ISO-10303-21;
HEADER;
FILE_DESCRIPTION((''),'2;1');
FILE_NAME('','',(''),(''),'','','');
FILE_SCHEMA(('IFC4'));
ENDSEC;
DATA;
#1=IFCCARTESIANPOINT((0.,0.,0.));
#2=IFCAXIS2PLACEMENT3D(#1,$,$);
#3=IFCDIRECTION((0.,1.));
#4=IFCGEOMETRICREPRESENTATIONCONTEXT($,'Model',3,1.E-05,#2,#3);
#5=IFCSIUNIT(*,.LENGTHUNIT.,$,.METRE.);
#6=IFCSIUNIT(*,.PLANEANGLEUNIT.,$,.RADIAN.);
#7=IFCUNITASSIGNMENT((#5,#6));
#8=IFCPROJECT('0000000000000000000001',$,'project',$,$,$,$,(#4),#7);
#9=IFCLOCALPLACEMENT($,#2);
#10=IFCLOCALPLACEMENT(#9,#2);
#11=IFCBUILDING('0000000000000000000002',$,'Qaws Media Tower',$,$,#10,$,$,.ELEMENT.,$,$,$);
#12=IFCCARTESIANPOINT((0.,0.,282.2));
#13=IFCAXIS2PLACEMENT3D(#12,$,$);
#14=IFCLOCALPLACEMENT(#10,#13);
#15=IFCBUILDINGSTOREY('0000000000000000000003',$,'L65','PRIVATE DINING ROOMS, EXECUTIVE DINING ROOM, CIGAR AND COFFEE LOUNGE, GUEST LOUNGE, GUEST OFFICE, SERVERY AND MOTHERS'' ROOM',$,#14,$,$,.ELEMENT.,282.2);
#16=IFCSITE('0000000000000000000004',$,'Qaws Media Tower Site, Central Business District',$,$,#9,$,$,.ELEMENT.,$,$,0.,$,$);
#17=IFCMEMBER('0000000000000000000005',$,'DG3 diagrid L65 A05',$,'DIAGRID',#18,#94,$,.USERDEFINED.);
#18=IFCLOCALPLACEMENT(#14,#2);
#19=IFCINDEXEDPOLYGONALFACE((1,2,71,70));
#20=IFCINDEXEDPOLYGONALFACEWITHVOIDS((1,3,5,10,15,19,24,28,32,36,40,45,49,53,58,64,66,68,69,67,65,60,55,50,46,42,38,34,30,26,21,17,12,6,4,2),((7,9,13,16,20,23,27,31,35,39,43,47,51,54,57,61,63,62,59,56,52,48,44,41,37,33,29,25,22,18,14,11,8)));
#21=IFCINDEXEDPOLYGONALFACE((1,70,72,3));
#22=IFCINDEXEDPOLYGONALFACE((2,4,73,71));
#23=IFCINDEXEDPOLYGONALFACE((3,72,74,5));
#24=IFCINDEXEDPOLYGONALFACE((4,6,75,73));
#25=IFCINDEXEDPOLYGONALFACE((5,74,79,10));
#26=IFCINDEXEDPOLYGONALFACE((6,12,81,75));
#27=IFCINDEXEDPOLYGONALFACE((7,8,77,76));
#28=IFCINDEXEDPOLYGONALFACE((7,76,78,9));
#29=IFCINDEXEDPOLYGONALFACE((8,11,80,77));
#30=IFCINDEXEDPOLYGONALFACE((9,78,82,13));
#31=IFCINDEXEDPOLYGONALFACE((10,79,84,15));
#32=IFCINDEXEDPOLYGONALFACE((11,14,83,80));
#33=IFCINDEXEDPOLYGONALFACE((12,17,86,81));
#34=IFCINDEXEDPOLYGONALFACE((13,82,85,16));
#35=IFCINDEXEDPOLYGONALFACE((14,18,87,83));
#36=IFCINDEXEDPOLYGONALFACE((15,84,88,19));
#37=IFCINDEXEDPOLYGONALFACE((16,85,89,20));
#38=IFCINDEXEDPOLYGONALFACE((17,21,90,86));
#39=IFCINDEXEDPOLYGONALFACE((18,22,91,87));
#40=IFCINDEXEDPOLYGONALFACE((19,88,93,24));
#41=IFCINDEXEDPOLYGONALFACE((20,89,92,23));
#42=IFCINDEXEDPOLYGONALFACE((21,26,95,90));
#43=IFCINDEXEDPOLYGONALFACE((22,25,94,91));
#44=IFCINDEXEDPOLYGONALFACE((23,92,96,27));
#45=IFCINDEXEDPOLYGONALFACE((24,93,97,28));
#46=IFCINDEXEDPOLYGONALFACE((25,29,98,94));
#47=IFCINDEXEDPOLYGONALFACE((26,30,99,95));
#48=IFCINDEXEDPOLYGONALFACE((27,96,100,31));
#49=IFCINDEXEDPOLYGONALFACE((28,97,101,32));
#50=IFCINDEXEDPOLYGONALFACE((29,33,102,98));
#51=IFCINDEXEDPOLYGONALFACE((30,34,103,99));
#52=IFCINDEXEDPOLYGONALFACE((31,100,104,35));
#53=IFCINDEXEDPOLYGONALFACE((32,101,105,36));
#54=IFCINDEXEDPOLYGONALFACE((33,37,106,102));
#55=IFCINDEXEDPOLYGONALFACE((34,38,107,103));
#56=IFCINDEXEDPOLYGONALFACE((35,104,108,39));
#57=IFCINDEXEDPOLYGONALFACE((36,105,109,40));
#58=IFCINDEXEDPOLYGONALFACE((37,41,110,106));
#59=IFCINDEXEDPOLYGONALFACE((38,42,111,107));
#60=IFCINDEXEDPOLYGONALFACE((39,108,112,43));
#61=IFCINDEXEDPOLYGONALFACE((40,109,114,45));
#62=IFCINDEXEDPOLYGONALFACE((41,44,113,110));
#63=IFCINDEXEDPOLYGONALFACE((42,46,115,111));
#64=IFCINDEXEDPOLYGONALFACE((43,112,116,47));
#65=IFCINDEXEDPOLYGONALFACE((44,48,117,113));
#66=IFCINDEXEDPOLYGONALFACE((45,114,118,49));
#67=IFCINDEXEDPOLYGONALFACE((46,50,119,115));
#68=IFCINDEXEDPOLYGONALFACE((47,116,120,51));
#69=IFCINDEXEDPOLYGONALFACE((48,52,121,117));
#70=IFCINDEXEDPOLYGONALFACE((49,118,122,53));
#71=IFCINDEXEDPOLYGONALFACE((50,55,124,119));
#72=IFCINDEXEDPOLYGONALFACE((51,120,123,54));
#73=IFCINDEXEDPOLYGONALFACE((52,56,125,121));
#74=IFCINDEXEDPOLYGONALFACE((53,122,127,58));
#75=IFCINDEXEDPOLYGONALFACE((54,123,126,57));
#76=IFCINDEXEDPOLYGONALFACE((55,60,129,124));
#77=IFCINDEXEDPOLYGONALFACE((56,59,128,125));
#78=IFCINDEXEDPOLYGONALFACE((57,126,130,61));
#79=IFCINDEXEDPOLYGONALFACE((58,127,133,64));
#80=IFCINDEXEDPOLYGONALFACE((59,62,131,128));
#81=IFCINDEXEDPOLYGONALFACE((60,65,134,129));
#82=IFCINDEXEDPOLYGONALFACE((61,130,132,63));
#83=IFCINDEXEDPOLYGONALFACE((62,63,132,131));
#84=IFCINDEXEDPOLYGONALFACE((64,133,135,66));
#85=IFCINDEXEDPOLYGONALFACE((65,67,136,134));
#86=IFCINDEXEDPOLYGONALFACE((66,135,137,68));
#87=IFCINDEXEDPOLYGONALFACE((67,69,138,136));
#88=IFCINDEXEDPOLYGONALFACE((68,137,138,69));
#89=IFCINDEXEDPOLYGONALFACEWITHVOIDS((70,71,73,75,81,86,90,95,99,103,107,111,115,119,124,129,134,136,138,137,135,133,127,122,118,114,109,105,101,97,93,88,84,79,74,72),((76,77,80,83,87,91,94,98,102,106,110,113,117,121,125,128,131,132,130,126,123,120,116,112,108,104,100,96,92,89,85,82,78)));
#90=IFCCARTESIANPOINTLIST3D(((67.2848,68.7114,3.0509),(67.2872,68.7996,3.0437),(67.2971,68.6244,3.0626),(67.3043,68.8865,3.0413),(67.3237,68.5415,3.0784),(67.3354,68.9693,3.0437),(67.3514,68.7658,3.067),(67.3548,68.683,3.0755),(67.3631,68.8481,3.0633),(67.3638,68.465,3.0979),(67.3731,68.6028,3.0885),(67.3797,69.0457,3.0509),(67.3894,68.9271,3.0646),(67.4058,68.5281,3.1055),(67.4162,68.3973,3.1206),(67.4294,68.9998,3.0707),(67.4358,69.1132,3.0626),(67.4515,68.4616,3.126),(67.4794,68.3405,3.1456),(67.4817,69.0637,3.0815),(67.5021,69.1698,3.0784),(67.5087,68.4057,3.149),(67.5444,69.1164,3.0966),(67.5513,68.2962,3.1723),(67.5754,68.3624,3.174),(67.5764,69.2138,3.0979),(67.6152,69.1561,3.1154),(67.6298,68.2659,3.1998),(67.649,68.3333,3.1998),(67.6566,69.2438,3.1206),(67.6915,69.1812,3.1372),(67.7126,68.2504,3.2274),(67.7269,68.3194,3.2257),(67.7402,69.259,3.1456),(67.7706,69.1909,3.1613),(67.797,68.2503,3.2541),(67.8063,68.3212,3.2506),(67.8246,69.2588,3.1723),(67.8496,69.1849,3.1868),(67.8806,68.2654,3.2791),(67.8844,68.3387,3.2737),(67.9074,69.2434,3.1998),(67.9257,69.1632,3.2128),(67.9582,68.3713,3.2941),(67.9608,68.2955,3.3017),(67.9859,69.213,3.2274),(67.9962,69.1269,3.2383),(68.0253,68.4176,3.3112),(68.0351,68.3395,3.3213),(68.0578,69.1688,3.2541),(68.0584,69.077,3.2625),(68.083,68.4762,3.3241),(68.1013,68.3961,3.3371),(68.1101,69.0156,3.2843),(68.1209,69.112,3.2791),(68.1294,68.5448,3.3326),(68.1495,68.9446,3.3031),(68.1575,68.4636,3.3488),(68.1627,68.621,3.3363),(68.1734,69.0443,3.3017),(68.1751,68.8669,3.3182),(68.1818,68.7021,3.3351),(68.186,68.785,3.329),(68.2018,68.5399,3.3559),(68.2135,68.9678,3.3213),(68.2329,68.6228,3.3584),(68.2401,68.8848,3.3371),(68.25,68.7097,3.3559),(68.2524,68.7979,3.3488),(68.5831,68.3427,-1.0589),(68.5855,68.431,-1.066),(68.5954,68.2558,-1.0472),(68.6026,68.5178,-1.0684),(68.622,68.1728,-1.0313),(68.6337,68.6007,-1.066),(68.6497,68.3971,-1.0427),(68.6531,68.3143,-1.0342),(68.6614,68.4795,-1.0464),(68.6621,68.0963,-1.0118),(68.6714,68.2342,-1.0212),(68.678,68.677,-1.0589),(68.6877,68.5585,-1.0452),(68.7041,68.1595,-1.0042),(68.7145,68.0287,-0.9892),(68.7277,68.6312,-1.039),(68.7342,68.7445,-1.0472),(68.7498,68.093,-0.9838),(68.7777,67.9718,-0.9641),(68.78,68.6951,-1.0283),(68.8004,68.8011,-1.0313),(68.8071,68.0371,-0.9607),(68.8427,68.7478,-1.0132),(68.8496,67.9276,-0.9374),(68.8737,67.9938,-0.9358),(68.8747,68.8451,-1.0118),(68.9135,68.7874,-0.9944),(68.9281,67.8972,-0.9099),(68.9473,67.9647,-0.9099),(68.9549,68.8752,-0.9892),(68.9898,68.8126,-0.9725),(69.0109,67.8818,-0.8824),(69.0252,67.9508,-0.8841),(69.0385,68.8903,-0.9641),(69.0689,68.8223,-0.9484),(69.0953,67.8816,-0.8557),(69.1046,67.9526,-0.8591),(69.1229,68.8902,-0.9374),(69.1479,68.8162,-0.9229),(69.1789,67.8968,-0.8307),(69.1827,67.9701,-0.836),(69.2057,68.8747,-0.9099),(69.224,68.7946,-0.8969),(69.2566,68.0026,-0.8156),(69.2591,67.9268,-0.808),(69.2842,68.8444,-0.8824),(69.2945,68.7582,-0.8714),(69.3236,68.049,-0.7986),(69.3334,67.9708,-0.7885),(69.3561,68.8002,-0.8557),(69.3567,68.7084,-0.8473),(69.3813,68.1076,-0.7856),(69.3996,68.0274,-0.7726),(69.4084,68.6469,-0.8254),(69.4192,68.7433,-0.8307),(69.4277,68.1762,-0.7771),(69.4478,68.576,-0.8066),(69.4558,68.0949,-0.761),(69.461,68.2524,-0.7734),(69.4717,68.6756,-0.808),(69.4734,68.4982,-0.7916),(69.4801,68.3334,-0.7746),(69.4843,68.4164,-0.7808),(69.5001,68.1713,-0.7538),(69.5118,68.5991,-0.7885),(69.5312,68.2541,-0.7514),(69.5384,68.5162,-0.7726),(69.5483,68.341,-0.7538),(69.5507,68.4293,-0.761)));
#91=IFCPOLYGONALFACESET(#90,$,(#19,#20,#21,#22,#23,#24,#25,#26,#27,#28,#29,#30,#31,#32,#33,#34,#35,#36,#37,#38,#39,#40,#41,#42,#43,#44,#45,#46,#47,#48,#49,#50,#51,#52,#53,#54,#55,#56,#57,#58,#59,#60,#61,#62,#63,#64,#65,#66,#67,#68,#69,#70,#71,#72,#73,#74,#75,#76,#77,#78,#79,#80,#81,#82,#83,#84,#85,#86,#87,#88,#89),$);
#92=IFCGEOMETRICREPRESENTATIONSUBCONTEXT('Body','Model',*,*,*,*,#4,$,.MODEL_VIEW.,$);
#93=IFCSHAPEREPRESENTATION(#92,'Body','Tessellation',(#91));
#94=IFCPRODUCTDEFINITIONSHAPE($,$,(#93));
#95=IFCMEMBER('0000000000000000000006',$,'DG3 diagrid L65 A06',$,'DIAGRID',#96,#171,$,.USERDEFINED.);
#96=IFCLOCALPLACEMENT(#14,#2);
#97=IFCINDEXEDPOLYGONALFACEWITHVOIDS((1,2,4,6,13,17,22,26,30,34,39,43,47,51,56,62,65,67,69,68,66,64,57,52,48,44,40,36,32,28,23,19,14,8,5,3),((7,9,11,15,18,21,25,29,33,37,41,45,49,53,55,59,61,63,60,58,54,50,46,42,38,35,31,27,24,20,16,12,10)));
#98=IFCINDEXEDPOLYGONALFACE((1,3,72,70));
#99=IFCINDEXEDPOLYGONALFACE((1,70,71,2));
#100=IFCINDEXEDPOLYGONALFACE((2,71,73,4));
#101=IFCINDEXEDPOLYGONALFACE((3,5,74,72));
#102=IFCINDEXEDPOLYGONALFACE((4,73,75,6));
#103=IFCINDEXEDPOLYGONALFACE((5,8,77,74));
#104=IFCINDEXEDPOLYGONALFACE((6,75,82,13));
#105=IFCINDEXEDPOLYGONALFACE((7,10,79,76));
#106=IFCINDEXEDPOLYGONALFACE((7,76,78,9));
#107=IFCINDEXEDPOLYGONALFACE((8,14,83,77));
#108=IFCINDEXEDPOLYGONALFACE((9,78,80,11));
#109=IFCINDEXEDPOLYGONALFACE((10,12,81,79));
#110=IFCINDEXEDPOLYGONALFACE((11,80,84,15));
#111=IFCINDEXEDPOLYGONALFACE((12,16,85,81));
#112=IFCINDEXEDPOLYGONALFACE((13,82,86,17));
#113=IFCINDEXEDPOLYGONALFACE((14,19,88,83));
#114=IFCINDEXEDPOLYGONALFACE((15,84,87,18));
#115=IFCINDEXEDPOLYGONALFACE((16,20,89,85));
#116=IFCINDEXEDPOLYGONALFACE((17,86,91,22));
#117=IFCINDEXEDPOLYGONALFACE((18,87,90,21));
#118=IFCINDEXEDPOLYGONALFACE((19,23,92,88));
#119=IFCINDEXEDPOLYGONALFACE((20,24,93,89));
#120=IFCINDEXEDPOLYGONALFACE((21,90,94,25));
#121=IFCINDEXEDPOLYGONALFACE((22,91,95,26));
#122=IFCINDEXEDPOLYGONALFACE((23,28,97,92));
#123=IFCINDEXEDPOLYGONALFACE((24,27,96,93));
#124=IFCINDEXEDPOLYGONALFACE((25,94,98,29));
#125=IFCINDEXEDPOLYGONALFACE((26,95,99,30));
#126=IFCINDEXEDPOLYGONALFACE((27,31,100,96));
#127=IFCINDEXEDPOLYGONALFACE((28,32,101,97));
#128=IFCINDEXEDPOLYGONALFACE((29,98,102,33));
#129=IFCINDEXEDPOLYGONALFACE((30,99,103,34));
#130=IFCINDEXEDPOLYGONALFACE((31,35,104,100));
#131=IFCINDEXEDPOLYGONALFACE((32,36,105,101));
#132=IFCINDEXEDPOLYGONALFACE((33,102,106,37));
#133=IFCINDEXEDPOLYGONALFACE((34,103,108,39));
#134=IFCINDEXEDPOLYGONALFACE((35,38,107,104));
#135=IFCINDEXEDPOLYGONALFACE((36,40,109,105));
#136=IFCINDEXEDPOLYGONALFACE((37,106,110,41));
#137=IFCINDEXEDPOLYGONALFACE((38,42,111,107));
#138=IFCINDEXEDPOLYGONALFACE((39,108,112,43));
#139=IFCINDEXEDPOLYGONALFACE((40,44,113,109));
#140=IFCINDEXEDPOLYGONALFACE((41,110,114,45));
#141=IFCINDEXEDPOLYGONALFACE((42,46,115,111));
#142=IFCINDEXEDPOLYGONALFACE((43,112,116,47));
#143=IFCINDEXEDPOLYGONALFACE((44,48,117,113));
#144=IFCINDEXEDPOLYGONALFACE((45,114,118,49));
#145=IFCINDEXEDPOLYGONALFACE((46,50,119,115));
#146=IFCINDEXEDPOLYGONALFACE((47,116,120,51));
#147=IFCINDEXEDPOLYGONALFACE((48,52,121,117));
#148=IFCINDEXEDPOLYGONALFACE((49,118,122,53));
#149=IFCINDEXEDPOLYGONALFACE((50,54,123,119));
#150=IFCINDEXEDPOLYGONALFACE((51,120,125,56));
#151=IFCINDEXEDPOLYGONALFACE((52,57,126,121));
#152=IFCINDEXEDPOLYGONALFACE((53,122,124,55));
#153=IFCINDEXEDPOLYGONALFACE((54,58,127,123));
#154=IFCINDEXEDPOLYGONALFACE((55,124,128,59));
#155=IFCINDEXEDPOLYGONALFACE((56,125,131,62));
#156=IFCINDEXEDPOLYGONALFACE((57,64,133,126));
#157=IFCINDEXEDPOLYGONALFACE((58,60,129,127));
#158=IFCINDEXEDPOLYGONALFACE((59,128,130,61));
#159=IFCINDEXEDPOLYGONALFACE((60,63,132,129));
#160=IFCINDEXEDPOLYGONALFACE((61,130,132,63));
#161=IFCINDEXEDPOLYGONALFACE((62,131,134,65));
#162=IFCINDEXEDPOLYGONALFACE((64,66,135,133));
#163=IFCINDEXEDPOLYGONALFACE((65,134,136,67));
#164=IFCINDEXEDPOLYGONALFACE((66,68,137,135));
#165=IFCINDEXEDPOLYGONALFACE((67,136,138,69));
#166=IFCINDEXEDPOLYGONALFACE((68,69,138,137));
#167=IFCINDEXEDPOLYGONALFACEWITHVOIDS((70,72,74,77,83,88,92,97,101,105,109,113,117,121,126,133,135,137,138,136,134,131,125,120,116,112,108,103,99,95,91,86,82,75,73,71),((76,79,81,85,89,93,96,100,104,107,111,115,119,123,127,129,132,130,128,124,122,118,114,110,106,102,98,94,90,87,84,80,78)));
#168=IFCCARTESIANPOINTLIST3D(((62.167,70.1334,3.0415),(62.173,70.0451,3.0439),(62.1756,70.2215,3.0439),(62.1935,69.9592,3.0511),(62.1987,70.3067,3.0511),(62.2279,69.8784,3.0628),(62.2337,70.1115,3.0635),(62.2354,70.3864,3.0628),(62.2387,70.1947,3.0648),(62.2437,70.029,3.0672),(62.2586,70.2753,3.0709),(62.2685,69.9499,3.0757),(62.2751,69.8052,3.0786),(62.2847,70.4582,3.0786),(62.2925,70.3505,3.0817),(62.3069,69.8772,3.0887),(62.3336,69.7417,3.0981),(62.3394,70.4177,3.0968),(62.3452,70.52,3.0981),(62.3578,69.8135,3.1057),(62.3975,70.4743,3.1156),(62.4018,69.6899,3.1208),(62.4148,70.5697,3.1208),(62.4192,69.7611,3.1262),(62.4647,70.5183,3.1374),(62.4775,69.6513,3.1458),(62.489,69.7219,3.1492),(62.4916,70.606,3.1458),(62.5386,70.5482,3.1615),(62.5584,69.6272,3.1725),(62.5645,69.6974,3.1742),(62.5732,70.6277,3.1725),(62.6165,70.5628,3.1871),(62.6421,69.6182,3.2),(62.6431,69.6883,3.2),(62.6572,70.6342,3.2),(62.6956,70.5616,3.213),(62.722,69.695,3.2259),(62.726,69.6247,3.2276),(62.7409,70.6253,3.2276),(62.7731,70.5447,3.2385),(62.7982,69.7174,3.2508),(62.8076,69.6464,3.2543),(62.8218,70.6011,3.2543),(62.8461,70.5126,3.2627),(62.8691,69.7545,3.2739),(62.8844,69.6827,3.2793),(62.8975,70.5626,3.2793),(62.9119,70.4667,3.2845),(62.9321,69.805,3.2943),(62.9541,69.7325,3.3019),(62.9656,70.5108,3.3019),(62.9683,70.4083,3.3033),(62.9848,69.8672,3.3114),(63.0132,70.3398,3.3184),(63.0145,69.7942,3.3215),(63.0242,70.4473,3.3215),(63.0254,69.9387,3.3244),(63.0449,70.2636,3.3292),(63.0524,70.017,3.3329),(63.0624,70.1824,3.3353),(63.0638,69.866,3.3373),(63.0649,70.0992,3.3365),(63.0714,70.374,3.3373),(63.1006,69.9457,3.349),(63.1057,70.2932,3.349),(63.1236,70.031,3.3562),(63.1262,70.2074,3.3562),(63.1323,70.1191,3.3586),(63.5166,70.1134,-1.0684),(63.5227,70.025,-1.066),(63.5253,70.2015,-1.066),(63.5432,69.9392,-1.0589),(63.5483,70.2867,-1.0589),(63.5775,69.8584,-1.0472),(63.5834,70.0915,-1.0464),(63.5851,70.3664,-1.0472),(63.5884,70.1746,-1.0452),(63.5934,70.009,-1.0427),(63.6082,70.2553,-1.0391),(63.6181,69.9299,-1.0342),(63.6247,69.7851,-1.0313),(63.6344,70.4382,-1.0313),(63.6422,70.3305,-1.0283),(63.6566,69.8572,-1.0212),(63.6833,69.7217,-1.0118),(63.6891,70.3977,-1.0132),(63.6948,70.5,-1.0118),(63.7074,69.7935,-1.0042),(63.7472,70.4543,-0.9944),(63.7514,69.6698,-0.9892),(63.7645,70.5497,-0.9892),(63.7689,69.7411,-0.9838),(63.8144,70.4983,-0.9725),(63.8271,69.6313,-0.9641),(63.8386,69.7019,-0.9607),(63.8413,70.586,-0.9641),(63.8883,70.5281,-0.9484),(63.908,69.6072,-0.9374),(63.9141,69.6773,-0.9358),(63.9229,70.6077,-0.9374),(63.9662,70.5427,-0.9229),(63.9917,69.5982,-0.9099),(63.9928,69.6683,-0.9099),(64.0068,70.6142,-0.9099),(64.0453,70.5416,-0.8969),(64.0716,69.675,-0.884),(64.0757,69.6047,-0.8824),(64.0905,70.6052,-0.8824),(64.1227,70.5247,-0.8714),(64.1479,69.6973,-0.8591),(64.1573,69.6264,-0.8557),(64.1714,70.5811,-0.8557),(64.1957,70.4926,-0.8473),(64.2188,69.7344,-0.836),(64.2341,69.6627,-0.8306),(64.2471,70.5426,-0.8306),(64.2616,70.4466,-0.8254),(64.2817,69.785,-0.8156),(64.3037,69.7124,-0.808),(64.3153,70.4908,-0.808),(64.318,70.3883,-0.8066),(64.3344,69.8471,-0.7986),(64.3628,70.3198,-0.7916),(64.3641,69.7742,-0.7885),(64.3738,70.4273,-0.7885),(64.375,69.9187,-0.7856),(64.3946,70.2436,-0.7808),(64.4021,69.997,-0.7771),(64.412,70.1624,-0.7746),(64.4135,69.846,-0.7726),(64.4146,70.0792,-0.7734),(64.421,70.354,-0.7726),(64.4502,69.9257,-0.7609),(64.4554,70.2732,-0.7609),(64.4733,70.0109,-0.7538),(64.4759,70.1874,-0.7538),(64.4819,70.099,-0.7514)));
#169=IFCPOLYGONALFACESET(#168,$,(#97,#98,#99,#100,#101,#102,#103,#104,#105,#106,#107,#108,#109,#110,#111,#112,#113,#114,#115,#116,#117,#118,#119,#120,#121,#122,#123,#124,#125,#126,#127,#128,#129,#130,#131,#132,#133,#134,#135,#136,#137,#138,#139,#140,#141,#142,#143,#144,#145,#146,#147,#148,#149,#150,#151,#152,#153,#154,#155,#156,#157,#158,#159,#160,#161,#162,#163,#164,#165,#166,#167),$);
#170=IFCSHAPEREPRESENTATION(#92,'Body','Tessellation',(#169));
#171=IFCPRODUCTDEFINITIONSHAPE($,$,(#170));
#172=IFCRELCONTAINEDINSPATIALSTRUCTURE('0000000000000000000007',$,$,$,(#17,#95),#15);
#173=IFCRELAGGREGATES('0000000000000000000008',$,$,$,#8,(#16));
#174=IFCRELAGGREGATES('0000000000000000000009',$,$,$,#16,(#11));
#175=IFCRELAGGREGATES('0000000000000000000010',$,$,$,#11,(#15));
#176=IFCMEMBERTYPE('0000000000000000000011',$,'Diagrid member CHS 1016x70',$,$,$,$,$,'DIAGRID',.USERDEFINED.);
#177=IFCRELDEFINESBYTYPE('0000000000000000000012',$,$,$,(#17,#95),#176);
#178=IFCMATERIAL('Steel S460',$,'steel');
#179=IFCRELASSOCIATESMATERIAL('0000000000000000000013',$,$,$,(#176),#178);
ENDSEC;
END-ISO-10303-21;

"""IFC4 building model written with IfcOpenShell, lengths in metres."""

from ifc_helpers import new_model, si_unit, direction, frame, origin, origin_2d, place, context, subcontext, project, spatial, hollow_circle, extrude, material, material_profile, profile_set, type_object, element, save


model = new_model("IFC4")

# Units and contexts
model_context = context("Model", 3, precision=1e-05, world=origin(), true_north=direction((0.0, 1.0)))
body_context = subcontext(model_context, "Body", "Model", "MODEL_VIEW")
ifc_project = project(units=[si_unit("LENGTHUNIT", "METRE"), si_unit("PLANEANGLEUNIT", "RADIAN")], contexts=[model_context])

# Site, building, storey
site_placement = place(None, origin())
site = spatial("IfcSite", under=ifc_project, at=site_placement, Name="Qaws Media Tower Site, Central Business District", CompositionType="ELEMENT", RefElevation=0.0)
building_placement = place(site_placement, origin())
building = spatial("IfcBuilding", under=site, at=building_placement, Name="Qaws Media Tower", CompositionType="ELEMENT")
storey_placement = place(building_placement, frame((0.0, 0.0, 282.2)))
storey = spatial("IfcBuildingStorey", under=building, at=storey_placement, Name="L65", Description="PRIVATE DINING ROOMS, EXECUTIVE DINING ROOM, CIGAR AND COFFEE LOUNGE, GUEST LOUNGE, GUEST OFFICE, SERVERY AND MOTHERS' ROOM", CompositionType="ELEMENT", Elevation=282.2)

# Members
ifc_material_1 = material(Name="Steel S460", Category="steel")
ifc_material_profile_1 = material_profile(ifc_material_1, hollow_circle(Radius=0.5081, WallThickness=0.0701, at=origin_2d()), Name="CHS 1016x70")
ifc_profile_set_1 = profile_set([ifc_material_profile_1], Name="Steel S460")
member_type_1 = type_object("IfcMemberType", Name="Diagrid member CHS 1016x70", ElementType="DIAGRID", PredefinedType="USERDEFINED", material=ifc_profile_set_1)
member_1_placement = place(storey_placement, frame((69.0669, 68.386, -0.9099), z_axis=(-0.300138, 0.085222, 0.950081), x_axis=(-0.273144, -0.961973, 0.0)))
element("IfcMember", 1, at=member_1_placement, inside=storey, type_object=member_type_1, Name="DG3 diagrid L65 A05", ObjectType="DIAGRID", PredefinedType="USERDEFINED", context=body_context, shape_type="SweptSolid", body=[
    extrude(hollow_circle(Radius=0.5081, WallThickness=0.0701, at=origin_2d()), origin(), (0.0, 0.0, 1.0), 4.3257),
])
for number, where, z_axis, x_axis, name in (
    (2, (63.9993, 70.1062, -0.9099), (-0.311988, 0.004628, 0.950075), (-0.014832, -0.99989, 0.0), "DG3 diagrid L65 A06"),
):
    element("IfcMember", number, at=place(storey_placement, frame(where, z_axis=z_axis, x_axis=x_axis)), inside=storey, type_object=member_type_1, Name=name, ObjectType="DIAGRID", PredefinedType="USERDEFINED", context=body_context, shape_type="SweptSolid", body=[
        extrude(hollow_circle(Radius=0.5081, WallThickness=0.0701, at=origin_2d()), origin(), (0.0, 0.0, 1.0), 4.3259),
    ])

save(model, "model.ifc")
